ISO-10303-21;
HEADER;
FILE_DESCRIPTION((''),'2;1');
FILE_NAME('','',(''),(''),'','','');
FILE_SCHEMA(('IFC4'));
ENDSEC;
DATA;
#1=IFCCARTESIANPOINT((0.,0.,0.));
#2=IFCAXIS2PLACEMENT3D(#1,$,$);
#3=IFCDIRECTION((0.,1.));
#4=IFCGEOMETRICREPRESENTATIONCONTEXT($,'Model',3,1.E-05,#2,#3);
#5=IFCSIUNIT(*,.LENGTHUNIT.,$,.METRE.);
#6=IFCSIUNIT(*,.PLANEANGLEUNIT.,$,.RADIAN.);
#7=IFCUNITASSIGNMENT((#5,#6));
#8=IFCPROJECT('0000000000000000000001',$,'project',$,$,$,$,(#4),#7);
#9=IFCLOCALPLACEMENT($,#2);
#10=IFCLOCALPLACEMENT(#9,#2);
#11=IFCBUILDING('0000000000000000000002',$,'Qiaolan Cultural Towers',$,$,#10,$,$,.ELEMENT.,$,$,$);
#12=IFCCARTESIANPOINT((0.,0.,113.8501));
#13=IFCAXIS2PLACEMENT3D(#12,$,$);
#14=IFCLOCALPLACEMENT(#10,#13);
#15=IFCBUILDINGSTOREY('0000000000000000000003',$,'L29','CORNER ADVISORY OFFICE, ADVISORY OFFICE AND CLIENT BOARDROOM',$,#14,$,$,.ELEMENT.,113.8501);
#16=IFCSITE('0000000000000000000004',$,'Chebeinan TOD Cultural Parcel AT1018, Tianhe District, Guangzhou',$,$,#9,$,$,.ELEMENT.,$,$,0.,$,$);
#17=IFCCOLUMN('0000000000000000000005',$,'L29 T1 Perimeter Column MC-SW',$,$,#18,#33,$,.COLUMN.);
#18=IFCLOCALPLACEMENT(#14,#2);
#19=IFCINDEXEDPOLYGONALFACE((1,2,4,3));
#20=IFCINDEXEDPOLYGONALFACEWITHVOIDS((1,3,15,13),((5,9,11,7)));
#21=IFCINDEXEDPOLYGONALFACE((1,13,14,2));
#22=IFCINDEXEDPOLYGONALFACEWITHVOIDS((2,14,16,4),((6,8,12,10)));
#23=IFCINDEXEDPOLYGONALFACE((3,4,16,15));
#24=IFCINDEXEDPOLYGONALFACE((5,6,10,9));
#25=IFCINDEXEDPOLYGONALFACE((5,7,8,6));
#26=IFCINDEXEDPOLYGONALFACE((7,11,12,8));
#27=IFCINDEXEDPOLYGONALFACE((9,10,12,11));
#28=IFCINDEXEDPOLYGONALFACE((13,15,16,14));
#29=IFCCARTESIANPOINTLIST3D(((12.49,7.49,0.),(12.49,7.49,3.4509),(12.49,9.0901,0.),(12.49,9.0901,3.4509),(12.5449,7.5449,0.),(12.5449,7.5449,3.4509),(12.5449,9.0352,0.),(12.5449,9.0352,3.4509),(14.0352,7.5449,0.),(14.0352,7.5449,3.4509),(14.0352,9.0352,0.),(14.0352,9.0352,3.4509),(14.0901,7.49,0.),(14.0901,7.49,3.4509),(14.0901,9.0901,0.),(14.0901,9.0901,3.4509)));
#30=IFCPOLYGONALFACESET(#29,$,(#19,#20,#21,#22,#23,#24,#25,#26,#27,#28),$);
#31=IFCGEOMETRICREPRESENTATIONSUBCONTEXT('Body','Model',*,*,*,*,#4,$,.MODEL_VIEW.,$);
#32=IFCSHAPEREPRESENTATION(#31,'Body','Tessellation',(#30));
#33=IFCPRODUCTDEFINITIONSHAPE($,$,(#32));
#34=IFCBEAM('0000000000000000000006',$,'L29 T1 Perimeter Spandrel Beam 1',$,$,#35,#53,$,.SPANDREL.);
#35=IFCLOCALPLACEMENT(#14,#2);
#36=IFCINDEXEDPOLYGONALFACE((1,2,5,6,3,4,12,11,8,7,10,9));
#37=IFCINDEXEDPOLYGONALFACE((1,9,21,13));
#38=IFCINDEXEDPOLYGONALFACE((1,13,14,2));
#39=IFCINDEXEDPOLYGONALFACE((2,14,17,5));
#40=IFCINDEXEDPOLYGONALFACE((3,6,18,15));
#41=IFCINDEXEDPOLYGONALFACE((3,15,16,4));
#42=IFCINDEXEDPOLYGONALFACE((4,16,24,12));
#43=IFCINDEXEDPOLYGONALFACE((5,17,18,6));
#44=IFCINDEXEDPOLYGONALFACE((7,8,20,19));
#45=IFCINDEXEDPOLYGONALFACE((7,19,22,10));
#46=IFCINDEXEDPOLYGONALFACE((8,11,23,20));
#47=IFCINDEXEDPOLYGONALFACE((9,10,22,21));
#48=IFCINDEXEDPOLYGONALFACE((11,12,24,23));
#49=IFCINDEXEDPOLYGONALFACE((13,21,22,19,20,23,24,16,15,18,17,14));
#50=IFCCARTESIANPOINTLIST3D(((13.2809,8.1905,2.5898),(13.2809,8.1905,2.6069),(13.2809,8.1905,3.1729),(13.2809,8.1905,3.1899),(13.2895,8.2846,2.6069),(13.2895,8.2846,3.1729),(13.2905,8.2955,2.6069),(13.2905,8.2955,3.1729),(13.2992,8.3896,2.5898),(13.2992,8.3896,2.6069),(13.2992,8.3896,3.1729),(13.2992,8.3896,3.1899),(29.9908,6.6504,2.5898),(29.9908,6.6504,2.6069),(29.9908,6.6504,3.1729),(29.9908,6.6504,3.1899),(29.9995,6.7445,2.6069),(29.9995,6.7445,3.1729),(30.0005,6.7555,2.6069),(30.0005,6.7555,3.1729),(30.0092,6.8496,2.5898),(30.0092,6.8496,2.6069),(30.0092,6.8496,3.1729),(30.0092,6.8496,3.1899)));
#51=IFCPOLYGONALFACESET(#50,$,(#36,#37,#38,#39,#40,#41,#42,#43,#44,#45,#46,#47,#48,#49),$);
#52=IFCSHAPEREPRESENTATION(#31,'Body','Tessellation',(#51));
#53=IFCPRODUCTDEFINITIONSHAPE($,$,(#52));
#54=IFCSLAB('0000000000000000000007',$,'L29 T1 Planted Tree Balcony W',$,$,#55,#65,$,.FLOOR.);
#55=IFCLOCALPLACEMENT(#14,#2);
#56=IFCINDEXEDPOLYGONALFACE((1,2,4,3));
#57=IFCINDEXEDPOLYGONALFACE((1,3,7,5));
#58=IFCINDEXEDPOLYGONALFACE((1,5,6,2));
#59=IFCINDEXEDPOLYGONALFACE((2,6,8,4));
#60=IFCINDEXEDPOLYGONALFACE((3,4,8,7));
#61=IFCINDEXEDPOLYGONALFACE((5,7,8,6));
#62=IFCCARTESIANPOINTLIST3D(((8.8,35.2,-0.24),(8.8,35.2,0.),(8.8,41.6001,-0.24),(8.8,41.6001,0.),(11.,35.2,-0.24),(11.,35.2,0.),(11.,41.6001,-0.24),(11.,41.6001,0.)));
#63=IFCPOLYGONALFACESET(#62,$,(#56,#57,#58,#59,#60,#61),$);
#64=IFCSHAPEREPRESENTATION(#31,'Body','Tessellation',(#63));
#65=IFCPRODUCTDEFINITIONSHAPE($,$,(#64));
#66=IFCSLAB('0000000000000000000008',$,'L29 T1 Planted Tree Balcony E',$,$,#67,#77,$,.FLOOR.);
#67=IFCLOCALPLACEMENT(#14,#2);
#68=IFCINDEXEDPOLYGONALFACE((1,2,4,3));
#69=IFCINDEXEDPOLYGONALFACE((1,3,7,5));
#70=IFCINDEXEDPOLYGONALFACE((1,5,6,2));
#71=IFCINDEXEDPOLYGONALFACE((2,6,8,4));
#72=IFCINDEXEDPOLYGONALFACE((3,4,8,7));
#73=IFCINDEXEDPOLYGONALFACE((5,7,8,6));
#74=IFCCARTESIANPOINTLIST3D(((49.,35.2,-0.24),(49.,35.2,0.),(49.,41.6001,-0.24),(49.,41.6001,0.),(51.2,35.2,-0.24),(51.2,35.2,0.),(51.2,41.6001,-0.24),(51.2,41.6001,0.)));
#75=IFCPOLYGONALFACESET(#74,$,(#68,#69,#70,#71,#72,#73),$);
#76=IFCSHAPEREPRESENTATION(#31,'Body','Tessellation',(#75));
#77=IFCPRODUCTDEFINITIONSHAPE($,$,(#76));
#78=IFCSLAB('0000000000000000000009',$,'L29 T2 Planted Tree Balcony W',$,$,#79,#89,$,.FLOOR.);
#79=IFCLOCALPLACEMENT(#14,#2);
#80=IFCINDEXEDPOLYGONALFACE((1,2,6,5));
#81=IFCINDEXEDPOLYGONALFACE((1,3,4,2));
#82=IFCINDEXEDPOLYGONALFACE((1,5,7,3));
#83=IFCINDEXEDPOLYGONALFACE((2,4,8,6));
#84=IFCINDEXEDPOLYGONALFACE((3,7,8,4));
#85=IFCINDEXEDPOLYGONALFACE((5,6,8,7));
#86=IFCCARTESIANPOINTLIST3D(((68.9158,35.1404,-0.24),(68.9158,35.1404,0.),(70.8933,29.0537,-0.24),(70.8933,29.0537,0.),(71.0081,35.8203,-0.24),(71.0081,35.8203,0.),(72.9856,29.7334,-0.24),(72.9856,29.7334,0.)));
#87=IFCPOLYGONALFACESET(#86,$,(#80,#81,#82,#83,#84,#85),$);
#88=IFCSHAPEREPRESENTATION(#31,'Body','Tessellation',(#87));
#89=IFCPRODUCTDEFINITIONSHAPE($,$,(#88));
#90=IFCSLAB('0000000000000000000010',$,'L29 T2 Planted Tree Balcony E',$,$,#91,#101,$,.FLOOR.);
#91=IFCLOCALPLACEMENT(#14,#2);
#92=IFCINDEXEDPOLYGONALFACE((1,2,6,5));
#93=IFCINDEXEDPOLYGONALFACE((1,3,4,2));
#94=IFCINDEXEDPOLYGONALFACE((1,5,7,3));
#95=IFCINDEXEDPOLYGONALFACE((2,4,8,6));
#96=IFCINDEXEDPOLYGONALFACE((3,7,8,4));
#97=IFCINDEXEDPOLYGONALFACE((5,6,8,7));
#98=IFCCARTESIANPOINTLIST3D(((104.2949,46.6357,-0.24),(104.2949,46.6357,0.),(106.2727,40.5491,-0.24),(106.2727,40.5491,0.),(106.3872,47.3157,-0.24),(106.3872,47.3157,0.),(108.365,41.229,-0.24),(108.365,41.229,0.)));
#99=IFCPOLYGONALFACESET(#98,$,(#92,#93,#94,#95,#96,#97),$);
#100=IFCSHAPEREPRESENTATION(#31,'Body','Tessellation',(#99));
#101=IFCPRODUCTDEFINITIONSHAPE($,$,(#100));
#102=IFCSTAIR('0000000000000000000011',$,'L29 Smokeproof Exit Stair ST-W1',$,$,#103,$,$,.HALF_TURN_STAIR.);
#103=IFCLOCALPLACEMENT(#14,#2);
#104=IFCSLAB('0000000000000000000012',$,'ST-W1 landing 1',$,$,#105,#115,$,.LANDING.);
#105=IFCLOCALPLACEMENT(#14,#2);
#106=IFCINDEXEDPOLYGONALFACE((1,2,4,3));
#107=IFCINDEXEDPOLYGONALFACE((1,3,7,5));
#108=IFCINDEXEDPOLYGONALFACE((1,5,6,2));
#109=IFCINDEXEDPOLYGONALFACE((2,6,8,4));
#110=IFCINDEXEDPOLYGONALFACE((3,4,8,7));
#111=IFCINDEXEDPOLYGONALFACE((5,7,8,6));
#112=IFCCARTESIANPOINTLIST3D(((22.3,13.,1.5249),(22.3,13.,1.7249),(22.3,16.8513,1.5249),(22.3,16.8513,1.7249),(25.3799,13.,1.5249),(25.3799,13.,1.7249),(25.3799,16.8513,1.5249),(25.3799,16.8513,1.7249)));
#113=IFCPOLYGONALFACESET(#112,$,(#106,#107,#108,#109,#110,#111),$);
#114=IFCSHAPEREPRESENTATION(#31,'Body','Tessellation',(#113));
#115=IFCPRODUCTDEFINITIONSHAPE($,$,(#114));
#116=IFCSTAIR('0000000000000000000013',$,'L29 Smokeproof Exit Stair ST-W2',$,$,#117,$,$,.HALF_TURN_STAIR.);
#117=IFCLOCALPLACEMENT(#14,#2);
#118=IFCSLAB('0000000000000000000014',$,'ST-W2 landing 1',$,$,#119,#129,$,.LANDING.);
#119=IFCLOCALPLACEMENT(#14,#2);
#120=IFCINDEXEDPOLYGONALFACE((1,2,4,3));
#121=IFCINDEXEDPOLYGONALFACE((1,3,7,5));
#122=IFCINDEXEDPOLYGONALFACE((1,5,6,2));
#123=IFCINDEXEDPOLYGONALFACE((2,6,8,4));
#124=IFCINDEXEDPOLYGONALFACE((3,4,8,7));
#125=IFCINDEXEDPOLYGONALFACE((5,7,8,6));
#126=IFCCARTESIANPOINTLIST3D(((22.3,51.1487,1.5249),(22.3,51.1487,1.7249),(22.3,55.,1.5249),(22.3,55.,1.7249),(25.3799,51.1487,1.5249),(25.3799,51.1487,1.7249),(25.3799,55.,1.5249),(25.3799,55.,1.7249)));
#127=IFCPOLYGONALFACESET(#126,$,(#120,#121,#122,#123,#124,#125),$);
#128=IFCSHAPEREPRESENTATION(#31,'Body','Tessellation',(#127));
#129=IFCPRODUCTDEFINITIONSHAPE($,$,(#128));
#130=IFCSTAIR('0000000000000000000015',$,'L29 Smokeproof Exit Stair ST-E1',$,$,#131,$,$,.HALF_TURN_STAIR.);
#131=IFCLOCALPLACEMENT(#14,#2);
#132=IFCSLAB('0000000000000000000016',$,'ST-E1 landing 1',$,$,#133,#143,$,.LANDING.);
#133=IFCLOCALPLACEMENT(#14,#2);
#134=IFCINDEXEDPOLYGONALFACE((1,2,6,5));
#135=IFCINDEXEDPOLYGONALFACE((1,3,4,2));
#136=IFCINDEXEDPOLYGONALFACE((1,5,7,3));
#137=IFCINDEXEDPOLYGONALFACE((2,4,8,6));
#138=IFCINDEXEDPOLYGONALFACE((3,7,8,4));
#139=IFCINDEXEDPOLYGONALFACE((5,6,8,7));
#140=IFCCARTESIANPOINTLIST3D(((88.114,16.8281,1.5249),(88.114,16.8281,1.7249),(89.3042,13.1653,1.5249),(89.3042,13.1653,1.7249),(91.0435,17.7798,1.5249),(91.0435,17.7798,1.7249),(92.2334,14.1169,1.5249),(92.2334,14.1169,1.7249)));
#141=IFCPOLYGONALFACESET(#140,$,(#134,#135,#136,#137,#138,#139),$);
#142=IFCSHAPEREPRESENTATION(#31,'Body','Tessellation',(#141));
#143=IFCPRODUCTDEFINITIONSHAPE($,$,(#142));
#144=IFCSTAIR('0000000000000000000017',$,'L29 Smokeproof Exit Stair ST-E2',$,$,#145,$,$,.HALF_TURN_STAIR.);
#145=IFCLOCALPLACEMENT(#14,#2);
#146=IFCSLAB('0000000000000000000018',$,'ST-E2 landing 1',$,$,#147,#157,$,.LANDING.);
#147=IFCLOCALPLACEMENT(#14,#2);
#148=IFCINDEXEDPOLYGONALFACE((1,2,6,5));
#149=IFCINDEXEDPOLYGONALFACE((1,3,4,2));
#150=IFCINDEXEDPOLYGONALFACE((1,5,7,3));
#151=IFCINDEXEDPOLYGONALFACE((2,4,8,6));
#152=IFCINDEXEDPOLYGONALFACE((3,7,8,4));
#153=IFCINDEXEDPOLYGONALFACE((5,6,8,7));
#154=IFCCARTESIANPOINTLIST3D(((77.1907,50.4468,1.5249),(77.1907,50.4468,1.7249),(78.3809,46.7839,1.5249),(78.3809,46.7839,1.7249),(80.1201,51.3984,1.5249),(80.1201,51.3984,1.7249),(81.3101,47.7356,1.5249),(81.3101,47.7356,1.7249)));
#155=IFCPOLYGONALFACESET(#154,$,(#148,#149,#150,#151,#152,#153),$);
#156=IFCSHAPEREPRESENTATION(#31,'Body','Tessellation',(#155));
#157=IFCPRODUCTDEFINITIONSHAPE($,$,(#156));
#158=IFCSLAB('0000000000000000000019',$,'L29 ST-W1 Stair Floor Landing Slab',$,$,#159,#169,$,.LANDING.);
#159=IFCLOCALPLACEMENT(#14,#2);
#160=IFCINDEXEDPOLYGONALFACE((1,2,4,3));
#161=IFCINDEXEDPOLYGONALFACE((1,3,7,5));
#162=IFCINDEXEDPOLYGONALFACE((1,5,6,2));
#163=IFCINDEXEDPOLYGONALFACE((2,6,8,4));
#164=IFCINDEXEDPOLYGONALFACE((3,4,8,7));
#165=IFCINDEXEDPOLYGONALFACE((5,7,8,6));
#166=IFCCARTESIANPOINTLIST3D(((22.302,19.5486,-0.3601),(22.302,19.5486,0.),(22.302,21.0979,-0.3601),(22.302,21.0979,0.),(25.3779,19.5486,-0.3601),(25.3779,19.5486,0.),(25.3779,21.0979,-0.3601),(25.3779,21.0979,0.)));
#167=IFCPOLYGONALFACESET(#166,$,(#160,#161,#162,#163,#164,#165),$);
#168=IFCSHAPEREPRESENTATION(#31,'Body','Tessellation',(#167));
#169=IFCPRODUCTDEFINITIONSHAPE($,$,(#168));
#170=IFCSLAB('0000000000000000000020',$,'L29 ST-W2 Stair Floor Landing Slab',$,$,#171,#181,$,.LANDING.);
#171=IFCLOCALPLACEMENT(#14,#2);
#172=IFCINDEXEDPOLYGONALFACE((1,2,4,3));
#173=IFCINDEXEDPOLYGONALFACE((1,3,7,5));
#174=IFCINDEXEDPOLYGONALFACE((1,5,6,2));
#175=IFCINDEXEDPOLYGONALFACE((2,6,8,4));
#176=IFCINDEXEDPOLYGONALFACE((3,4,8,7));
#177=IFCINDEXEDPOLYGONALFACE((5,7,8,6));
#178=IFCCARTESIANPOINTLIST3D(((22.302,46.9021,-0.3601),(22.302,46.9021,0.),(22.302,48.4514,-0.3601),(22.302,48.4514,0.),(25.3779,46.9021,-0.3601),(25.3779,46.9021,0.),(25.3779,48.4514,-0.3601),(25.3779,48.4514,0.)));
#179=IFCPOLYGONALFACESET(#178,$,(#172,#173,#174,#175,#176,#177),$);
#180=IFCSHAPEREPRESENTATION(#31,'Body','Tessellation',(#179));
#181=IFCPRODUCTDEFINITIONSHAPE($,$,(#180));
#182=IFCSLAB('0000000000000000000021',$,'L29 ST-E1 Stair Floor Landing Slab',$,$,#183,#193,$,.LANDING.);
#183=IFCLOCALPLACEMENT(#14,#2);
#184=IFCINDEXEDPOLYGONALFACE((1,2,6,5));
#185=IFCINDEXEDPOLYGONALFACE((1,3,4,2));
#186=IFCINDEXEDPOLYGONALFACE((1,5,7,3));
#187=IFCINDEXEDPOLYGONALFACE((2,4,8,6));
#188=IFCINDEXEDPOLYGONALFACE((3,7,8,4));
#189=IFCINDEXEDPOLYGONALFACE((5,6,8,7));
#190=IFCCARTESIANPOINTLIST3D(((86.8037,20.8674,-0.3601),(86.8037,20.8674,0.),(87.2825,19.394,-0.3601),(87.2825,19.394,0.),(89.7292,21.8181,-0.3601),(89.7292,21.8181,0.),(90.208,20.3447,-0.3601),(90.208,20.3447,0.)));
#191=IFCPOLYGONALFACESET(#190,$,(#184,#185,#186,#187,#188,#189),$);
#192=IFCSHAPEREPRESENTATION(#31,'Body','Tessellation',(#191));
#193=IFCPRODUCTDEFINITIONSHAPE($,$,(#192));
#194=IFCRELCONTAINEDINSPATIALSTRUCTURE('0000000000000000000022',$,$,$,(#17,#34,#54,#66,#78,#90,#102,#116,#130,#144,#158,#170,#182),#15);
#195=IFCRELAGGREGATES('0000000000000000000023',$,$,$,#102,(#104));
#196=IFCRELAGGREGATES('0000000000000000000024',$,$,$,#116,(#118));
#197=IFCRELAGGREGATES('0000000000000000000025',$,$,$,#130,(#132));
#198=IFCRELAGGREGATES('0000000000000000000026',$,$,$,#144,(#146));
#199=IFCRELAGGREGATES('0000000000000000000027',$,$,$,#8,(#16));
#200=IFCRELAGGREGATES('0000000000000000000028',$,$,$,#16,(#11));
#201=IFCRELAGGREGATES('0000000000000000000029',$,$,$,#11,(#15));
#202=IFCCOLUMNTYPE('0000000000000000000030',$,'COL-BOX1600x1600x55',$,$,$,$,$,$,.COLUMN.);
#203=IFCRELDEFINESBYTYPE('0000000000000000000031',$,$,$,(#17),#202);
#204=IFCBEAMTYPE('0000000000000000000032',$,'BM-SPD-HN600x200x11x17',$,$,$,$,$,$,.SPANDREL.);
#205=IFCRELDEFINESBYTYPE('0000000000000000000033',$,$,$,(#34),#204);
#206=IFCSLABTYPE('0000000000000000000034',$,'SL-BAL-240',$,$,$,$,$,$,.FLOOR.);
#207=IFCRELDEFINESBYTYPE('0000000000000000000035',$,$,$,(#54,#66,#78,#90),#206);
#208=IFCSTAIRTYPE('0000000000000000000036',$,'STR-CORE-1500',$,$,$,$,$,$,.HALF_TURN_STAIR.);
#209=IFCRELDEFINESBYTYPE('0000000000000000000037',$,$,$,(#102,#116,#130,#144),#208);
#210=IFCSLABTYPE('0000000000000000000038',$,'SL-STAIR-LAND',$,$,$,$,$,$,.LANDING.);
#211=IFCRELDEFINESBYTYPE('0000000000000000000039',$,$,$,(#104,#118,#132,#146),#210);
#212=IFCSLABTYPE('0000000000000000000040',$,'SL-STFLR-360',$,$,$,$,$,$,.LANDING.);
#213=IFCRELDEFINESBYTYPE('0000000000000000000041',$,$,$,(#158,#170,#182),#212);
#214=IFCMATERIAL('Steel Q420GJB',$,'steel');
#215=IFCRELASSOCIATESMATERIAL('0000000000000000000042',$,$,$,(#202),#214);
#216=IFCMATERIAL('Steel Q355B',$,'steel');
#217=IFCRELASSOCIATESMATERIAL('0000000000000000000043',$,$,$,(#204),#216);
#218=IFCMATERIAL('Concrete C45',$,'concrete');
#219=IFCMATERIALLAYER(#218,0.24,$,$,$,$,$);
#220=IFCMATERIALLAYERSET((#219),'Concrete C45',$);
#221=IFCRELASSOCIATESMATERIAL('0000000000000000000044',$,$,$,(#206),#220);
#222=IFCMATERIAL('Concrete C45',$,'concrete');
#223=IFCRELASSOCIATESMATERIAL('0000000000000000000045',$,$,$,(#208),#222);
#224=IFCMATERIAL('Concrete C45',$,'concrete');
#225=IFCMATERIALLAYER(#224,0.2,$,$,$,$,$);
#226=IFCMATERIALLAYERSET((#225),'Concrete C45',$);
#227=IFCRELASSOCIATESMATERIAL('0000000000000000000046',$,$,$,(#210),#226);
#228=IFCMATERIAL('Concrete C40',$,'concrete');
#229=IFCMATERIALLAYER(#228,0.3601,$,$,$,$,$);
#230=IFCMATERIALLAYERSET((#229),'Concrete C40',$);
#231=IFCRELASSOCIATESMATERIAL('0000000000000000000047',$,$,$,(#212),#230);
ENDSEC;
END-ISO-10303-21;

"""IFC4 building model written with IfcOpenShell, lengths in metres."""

from ifc_helpers import new_model, si_unit, direction, frame, origin, origin_2d, place, context, subcontext, project, spatial, polyline, hollow_rectangle, i_section, outline, extrude, material, layer, layer_set, material_profile, profile_set, type_object, element, aggregate, save


model = new_model("IFC4")

# Units and contexts
model_context = context("Model", 3, precision=1e-05, world=origin(), true_north=direction((0.0, 1.0)))
body_context = subcontext(model_context, "Body", "Model", "MODEL_VIEW")
ifc_project = project(units=[si_unit("LENGTHUNIT", "METRE"), si_unit("PLANEANGLEUNIT", "RADIAN")], contexts=[model_context])

# Site, building, storey
site_placement = place(None, origin())
site = spatial("IfcSite", under=ifc_project, at=site_placement, Name="Chebeinan TOD Cultural Parcel AT1018, Tianhe District, Guangzhou", CompositionType="ELEMENT", RefElevation=0.0)
building_placement = place(site_placement, origin())
building = spatial("IfcBuilding", under=site, at=building_placement, Name="Qiaolan Cultural Towers", CompositionType="ELEMENT")
storey_placement = place(building_placement, frame((0.0, 0.0, 113.8501)))
storey = spatial("IfcBuildingStorey", under=building, at=storey_placement, Name="L29", Description="CORNER ADVISORY OFFICE, ADVISORY OFFICE AND CLIENT BOARDROOM", CompositionType="ELEMENT", Elevation=113.8501)

# Column
ifc_material_1 = material(Name="Steel Q420GJB", Category="steel")
ifc_material_profile_1 = material_profile(ifc_material_1, hollow_rectangle(XDim=1.6001, YDim=1.6001, WallThickness=0.0549, at=origin_2d()), Name="BOX1600x1600x55")
ifc_profile_set_1 = profile_set([ifc_material_profile_1], Name="Steel Q420GJB")
column_type = type_object("IfcColumnType", Name="COL-BOX1600x1600x55", PredefinedType="COLUMN", material=ifc_profile_set_1)
column_placement = place(storey_placement, frame((13.29, 8.29, 0.0), z_axis=(0.0, 0.0, 1.0), x_axis=(1.0, 0.0, 0.0)))
element("IfcColumn", 1, at=column_placement, inside=storey, type_object=column_type, Name="L29 T1 Perimeter Column MC-SW", PredefinedType="COLUMN", context=body_context, shape_type="SweptSolid", body=[
    extrude(hollow_rectangle(XDim=1.6001, YDim=1.6001, WallThickness=0.0549, at=origin_2d()), origin(), (0.0, 0.0, 1.0), 3.4509),
])

# Beam
ifc_material_2 = material(Name="Steel Q355B", Category="steel")
ifc_material_profile_2 = material_profile(ifc_material_2, i_section(OverallWidth=0.2, OverallDepth=0.6001, WebThickness=0.011, FlangeThickness=0.0171, at=origin_2d()), Name="HN600x200x11x17")
ifc_profile_set_2 = profile_set([ifc_material_profile_2], Name="Steel Q355B")
beam_type = type_object("IfcBeamType", Name="BM-SPD-HN600x200x11x17", PredefinedType="SPANDREL", material=ifc_profile_set_2)
beam_placement = place(storey_placement, frame((13.29, 8.29, 2.8899), z_axis=(0.99578, -0.091774, 0.0), x_axis=(0.091774, 0.99578, 0.0)))
element("IfcBeam", 2, at=beam_placement, inside=storey, type_object=beam_type, Name="L29 T1 Perimeter Spandrel Beam 1", PredefinedType="SPANDREL", context=body_context, shape_type="SweptSolid", body=[
    extrude(i_section(OverallWidth=0.2, OverallDepth=0.6001, WebThickness=0.011, FlangeThickness=0.0171, at=origin_2d()), origin(), (0.0, 0.0, 1.0), 16.7808),
])

# Slabs
ifc_material_3 = material(Name="Concrete C45", Category="concrete")
ifc_layer_1 = layer(ifc_material_3, 0.24)
ifc_layer_set_1 = layer_set([ifc_layer_1], Name="Concrete C45")
slab_type_1 = type_object("IfcSlabType", Name="SL-BAL-240", PredefinedType="FLOOR", material=ifc_layer_set_1)
slab_1_placement = place(storey_placement, frame((0.0, 0.0, -0.24)))
element("IfcSlab", 3, at=slab_1_placement, inside=storey, type_object=slab_type_1, Name="L29 T1 Planted Tree Balcony W", PredefinedType="FLOOR", context=body_context, shape_type="SweptSolid", body=[
    extrude(outline(polyline([(8.8, 35.2), (11.0, 35.2), (11.0, 41.6001), (8.8, 41.6001), (8.8, 35.2)])), origin(), (0.0, 0.0, 1.0), 0.24),
])
slab_2_placement = place(storey_placement, frame((0.0, 0.0, -0.24)))
element("IfcSlab", 4, at=slab_2_placement, inside=storey, type_object=slab_type_1, Name="L29 T1 Planted Tree Balcony E", PredefinedType="FLOOR", context=body_context, shape_type="SweptSolid", body=[
    extrude(outline(polyline([(49.0, 35.2), (51.2, 35.2), (51.2, 41.6001), (49.0, 41.6001), (49.0, 35.2)])), origin(), (0.0, 0.0, 1.0), 0.24),
])
slab_3_placement = place(storey_placement, frame((0.0, 0.0, -0.24)))
element("IfcSlab", 5, at=slab_3_placement, inside=storey, type_object=slab_type_1, Name="L29 T2 Planted Tree Balcony W", PredefinedType="FLOOR", context=body_context, shape_type="SweptSolid", body=[
    extrude(outline(polyline([(70.8933, 29.0537), (72.9856, 29.7334), (71.0081, 35.8203), (68.9158, 35.1404), (70.8933, 29.0537)])), origin(), (0.0, 0.0, 1.0), 0.24),
])
slab_4_placement = place(storey_placement, frame((0.0, 0.0, -0.24)))
element("IfcSlab", 6, at=slab_4_placement, inside=storey, type_object=slab_type_1, Name="L29 T2 Planted Tree Balcony E", PredefinedType="FLOOR", context=body_context, shape_type="SweptSolid", body=[
    extrude(outline(polyline([(106.2727, 40.5491), (108.365, 41.229), (106.3872, 47.3157), (104.2949, 46.6357), (106.2727, 40.5491)])), origin(), (0.0, 0.0, 1.0), 0.24),
])

# Stairs, slabs
ifc_material_4 = material(Name="Concrete C45", Category="concrete")
stair_type = type_object("IfcStairType", Name="STR-CORE-1500", PredefinedType="HALF_TURN_STAIR", material=ifc_material_4)
stair_1_placement = place(storey_placement, origin())
stair_1 = element("IfcStair", 7, at=stair_1_placement, inside=storey, type_object=stair_type, Name="L29 Smokeproof Exit Stair ST-W1", PredefinedType="HALF_TURN_STAIR")
ifc_material_5 = material(Name="Concrete C45", Category="concrete")
ifc_layer_2 = layer(ifc_material_5, 0.2)
ifc_layer_set_2 = layer_set([ifc_layer_2], Name="Concrete C45")
slab_type_2 = type_object("IfcSlabType", Name="SL-STAIR-LAND", PredefinedType="LANDING", material=ifc_layer_set_2)
slab_5_placement = place(storey_placement, frame((0.0, 0.0, 1.5249)))
slab_5 = element("IfcSlab", 8, at=slab_5_placement, type_object=slab_type_2, Name="ST-W1 landing 1", PredefinedType="LANDING", context=body_context, shape_type="SweptSolid", body=[
    extrude(outline(polyline([(22.3, 16.8513), (22.3, 13.0), (25.3799, 13.0), (25.3799, 16.8513), (22.3, 16.8513)])), origin(), (0.0, 0.0, 1.0), 0.2),
])
aggregate(stair_1, [slab_5])
stair_2_placement = place(storey_placement, origin())
stair_2 = element("IfcStair", 9, at=stair_2_placement, inside=storey, type_object=stair_type, Name="L29 Smokeproof Exit Stair ST-W2", PredefinedType="HALF_TURN_STAIR")
slab_6_placement = place(storey_placement, frame((0.0, 0.0, 1.5249)))
slab_6 = element("IfcSlab", 10, at=slab_6_placement, type_object=slab_type_2, Name="ST-W2 landing 1", PredefinedType="LANDING", context=body_context, shape_type="SweptSolid", body=[
    extrude(outline(polyline([(25.3799, 51.1487), (25.3799, 55.0), (22.3, 55.0), (22.3, 51.1487), (25.3799, 51.1487)])), origin(), (0.0, 0.0, 1.0), 0.2),
])
aggregate(stair_2, [slab_6])
stair_3_placement = place(storey_placement, origin())
stair_3 = element("IfcStair", 11, at=stair_3_placement, inside=storey, type_object=stair_type, Name="L29 Smokeproof Exit Stair ST-E1", PredefinedType="HALF_TURN_STAIR")
slab_7_placement = place(storey_placement, frame((0.0, 0.0, 1.5249)))
slab_7 = element("IfcSlab", 12, at=slab_7_placement, type_object=slab_type_2, Name="ST-E1 landing 1", PredefinedType="LANDING", context=body_context, shape_type="SweptSolid", body=[
    extrude(outline(polyline([(88.114, 16.8281), (89.3042, 13.1653), (92.2334, 14.1169), (91.0435, 17.7798), (88.114, 16.8281)])), origin(), (0.0, 0.0, 1.0), 0.2),
])
aggregate(stair_3, [slab_7])
stair_4_placement = place(storey_placement, origin())
stair_4 = element("IfcStair", 13, at=stair_4_placement, inside=storey, type_object=stair_type, Name="L29 Smokeproof Exit Stair ST-E2", PredefinedType="HALF_TURN_STAIR")
slab_8_placement = place(storey_placement, frame((0.0, 0.0, 1.5249)))
slab_8 = element("IfcSlab", 14, at=slab_8_placement, type_object=slab_type_2, Name="ST-E2 landing 1", PredefinedType="LANDING", context=body_context, shape_type="SweptSolid", body=[
    extrude(outline(polyline([(81.3101, 47.7356), (80.1201, 51.3984), (77.1907, 50.4468), (78.3809, 46.7839), (81.3101, 47.7356)])), origin(), (0.0, 0.0, 1.0), 0.2),
])
aggregate(stair_4, [slab_8])

# Slabs
ifc_material_6 = material(Name="Concrete C40", Category="concrete")
ifc_layer_3 = layer(ifc_material_6, 0.3601)
ifc_layer_set_3 = layer_set([ifc_layer_3], Name="Concrete C40")
slab_type_3 = type_object("IfcSlabType", Name="SL-STFLR-360", PredefinedType="LANDING", material=ifc_layer_set_3)
slab_9_placement = place(storey_placement, frame((0.0, 0.0, -0.3601)))
element("IfcSlab", 15, at=slab_9_placement, inside=storey, type_object=slab_type_3, Name="L29 ST-W1 Stair Floor Landing Slab", PredefinedType="LANDING", context=body_context, shape_type="SweptSolid", body=[
    extrude(outline(polyline([(22.302, 21.0979), (22.302, 19.5486), (25.3779, 19.5486), (25.3779, 21.0979), (22.302, 21.0979)])), origin(), (0.0, 0.0, 1.0), 0.3601),
])
slab_10_placement = place(storey_placement, frame((0.0, 0.0, -0.3601)))
element("IfcSlab", 16, at=slab_10_placement, inside=storey, type_object=slab_type_3, Name="L29 ST-W2 Stair Floor Landing Slab", PredefinedType="LANDING", context=body_context, shape_type="SweptSolid", body=[
    extrude(outline(polyline([(25.3779, 46.9021), (25.3779, 48.4514), (22.302, 48.4514), (22.302, 46.9021), (25.3779, 46.9021)])), origin(), (0.0, 0.0, 1.0), 0.3601),
])
slab_11_placement = place(storey_placement, frame((0.0, 0.0, -0.3601)))
element("IfcSlab", 17, at=slab_11_placement, inside=storey, type_object=slab_type_3, Name="L29 ST-E1 Stair Floor Landing Slab", PredefinedType="LANDING", context=body_context, shape_type="SweptSolid", body=[
    extrude(outline(polyline([(86.8037, 20.8674), (87.2825, 19.394), (90.208, 20.3447), (89.7292, 21.8181), (86.8037, 20.8674)])), origin(), (0.0, 0.0, 1.0), 0.3601),
])

save(model, "model.ifc")
